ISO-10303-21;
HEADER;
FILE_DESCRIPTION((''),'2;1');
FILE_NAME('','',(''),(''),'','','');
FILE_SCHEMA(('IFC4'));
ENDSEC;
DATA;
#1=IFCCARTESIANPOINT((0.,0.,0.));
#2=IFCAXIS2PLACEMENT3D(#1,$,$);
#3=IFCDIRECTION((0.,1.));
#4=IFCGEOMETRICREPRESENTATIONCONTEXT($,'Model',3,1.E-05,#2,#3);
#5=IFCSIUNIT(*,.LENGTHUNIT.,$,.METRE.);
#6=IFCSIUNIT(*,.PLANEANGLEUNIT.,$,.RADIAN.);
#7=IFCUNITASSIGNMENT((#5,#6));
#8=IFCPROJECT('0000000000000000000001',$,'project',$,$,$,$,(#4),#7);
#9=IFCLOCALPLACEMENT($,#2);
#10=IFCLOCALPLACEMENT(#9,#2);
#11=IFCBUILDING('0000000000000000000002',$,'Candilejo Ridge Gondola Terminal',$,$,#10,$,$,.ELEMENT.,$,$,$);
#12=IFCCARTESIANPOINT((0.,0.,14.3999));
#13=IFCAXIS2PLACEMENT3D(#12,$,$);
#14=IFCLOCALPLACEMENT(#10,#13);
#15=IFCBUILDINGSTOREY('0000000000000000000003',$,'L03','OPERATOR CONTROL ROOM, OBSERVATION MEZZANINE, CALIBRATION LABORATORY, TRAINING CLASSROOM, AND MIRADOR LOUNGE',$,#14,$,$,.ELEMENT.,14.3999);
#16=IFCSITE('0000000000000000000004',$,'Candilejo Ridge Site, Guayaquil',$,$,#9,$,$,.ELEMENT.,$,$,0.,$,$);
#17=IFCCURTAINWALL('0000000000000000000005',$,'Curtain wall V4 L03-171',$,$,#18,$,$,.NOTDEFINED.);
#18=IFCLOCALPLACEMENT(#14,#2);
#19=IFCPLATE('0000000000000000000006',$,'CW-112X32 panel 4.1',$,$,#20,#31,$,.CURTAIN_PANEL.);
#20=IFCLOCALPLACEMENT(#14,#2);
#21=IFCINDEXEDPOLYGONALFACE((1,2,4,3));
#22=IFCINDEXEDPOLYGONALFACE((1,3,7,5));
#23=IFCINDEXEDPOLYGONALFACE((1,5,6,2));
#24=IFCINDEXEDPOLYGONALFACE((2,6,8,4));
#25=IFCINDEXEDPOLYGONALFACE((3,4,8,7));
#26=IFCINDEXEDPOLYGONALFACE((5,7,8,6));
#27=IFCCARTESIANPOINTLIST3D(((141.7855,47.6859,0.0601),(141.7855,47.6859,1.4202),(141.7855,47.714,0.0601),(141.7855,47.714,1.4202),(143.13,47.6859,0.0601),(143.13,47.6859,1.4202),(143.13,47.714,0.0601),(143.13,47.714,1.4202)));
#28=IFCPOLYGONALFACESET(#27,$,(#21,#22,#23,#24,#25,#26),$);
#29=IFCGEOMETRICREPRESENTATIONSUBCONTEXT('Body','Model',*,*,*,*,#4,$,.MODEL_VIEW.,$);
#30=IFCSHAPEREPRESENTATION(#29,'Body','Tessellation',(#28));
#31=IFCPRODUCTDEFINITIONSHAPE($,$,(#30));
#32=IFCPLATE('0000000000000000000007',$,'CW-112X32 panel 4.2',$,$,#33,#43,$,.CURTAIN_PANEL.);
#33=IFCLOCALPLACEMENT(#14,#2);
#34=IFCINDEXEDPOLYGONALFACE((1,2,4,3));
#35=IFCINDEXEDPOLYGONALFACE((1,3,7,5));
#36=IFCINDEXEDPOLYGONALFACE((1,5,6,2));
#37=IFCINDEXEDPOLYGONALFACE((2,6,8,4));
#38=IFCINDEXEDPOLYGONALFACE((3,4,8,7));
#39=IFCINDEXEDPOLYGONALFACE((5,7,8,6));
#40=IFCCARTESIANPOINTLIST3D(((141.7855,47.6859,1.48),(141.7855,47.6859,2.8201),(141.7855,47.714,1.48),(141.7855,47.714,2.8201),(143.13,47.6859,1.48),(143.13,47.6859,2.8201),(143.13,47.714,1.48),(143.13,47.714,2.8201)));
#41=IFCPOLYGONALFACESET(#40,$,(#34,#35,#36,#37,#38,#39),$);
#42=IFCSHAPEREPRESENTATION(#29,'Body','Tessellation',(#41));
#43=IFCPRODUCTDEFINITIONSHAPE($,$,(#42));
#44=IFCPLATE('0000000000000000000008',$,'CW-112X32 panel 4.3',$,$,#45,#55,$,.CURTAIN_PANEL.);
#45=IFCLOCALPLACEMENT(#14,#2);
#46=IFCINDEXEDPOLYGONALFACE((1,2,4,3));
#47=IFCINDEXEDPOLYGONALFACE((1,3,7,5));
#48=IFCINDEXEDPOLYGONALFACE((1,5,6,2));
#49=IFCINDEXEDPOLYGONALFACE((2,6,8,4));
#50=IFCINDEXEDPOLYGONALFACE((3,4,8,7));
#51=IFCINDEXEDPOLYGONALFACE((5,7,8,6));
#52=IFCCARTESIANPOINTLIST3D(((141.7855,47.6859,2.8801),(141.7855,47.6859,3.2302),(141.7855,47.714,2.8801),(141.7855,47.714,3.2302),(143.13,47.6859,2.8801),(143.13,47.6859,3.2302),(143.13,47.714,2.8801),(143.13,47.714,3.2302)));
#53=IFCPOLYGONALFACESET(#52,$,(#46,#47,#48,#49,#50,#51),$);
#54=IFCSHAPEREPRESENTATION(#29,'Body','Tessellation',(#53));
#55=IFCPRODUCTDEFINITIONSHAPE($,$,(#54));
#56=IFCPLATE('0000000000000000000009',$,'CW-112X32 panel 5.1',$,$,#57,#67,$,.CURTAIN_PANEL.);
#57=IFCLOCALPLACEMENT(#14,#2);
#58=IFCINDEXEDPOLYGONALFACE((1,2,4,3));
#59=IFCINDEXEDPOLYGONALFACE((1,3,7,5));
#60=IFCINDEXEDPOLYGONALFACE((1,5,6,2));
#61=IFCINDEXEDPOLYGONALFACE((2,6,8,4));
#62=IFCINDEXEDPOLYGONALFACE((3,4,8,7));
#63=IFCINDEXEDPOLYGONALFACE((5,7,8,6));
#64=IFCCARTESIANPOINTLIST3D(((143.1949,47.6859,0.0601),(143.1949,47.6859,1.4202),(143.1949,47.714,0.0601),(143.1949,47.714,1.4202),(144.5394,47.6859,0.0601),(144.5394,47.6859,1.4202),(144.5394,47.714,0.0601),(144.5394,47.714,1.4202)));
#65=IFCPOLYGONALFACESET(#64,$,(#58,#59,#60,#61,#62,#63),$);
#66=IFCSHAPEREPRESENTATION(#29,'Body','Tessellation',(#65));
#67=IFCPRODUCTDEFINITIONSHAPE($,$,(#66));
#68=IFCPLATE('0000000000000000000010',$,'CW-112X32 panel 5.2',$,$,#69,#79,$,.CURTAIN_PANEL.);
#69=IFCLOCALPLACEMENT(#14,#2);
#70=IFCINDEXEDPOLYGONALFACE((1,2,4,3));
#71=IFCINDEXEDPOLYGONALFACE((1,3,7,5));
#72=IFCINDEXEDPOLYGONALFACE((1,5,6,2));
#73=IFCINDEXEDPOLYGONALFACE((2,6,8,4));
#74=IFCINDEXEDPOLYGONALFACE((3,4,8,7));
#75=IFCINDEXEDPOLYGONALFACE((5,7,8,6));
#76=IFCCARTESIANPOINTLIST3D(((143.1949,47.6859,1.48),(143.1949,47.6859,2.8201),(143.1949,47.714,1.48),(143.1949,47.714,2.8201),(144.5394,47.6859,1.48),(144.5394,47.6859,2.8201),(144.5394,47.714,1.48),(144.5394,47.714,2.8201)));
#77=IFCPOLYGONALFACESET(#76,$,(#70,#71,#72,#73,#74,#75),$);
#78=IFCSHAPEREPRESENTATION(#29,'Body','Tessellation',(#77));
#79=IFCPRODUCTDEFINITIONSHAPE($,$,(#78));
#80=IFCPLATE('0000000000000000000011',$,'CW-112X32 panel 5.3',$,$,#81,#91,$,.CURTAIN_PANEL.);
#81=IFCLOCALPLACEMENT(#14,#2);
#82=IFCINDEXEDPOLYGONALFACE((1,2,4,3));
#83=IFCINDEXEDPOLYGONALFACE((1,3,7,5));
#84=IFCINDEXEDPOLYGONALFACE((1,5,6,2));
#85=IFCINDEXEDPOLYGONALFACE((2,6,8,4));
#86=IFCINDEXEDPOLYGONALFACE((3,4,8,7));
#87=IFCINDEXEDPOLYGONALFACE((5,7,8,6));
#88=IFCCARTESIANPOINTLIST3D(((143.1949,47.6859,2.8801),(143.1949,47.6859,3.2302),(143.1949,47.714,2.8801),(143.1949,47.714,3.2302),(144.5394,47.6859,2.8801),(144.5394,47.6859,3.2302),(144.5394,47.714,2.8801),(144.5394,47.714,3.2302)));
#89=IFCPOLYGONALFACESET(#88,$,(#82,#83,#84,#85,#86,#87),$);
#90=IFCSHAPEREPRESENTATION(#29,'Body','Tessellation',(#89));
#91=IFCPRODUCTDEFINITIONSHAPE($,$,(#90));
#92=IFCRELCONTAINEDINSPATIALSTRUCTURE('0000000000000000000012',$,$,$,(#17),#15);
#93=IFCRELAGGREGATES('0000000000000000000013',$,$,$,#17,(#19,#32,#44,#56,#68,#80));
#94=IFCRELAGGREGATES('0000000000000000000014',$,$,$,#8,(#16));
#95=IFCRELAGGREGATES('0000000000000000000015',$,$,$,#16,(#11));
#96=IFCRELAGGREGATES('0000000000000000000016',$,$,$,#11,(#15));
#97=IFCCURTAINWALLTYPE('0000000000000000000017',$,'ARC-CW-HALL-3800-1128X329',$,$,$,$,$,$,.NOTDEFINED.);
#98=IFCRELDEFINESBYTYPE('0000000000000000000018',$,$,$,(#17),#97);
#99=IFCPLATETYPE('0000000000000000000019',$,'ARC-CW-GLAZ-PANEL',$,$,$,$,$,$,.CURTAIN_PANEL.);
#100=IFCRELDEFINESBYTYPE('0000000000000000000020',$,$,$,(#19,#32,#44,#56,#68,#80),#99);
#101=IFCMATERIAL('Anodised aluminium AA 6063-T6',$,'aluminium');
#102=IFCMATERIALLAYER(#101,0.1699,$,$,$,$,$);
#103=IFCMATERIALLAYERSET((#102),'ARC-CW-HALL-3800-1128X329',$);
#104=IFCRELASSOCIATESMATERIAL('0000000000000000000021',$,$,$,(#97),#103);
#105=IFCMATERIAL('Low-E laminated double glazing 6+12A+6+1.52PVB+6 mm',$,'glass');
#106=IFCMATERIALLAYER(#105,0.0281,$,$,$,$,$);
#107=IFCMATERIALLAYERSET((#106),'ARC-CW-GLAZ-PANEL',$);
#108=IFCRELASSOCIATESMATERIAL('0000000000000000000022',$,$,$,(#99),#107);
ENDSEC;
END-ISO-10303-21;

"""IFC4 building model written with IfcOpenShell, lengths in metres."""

from ifc_helpers import new_model, si_unit, direction, frame, origin, origin_2d, place, context, subcontext, project, spatial, rectangle, extrude, material, layer, layer_set, type_object, element, aggregate, save


model = new_model("IFC4")

# Units and contexts
model_context = context("Model", 3, precision=1e-05, world=origin(), true_north=direction((0.0, 1.0)))
body_context = subcontext(model_context, "Body", "Model", "MODEL_VIEW")
ifc_project = project(units=[si_unit("LENGTHUNIT", "METRE"), si_unit("PLANEANGLEUNIT", "RADIAN")], contexts=[model_context])

# Site, building, storey
site_placement = place(None, origin())
site = spatial("IfcSite", under=ifc_project, at=site_placement, Name="Candilejo Ridge Site, Guayaquil", CompositionType="ELEMENT", RefElevation=0.0)
building_placement = place(site_placement, origin())
building = spatial("IfcBuilding", under=site, at=building_placement, Name="Candilejo Ridge Gondola Terminal", CompositionType="ELEMENT")
storey_placement = place(building_placement, frame((0.0, 0.0, 14.3999)))
storey = spatial("IfcBuildingStorey", under=building, at=storey_placement, Name="L03", Description="OPERATOR CONTROL ROOM, OBSERVATION MEZZANINE, CALIBRATION LABORATORY, TRAINING CLASSROOM, AND MIRADOR LOUNGE", CompositionType="ELEMENT", Elevation=14.3999)

# Curtain wall, plates
ifc_material_1 = material(Name="Anodised aluminium AA 6063-T6", Category="aluminium")
ifc_layer_1 = layer(ifc_material_1, 0.1699)
ifc_layer_set_1 = layer_set([ifc_layer_1], Name="ARC-CW-HALL-3800-1128X329")
curtain_wall_type = type_object("IfcCurtainWallType", Name="ARC-CW-HALL-3800-1128X329", PredefinedType="NOTDEFINED", material=ifc_layer_set_1)
curtain_wall_placement = place(storey_placement, origin())
curtain_wall = element("IfcCurtainWall", 1, at=curtain_wall_placement, inside=storey, type_object=curtain_wall_type, Name="Curtain wall V4 L03-171", PredefinedType="NOTDEFINED")
ifc_material_2 = material(Name="Low-E laminated double glazing 6+12A+6+1.52PVB+6 mm", Category="glass")
ifc_layer_2 = layer(ifc_material_2, 0.0281)
ifc_layer_set_2 = layer_set([ifc_layer_2], Name="ARC-CW-GLAZ-PANEL")
plate_type = type_object("IfcPlateType", Name="ARC-CW-GLAZ-PANEL", PredefinedType="CURTAIN_PANEL", material=ifc_layer_set_2)
plate_1_placement = place(storey_placement, frame((142.4578, 47.7, 0.0601), z_axis=(0.0, 0.0, 1.0), x_axis=(1.0, 0.0, 0.0)))
plate_1 = element("IfcPlate", 2, at=plate_1_placement, type_object=plate_type, Name="CW-112X32 panel 4.1", PredefinedType="CURTAIN_PANEL", context=body_context, shape_type="SweptSolid", body=[
    extrude(rectangle(XDim=1.3445, YDim=0.0281, at=origin_2d()), origin(), (0.0, 0.0, 1.0), 1.3601),
])
plate_2_placement = place(storey_placement, frame((142.4578, 47.7, 1.48), z_axis=(0.0, 0.0, 1.0), x_axis=(1.0, 0.0, 0.0)))
plate_2 = element("IfcPlate", 3, at=plate_2_placement, type_object=plate_type, Name="CW-112X32 panel 4.2", PredefinedType="CURTAIN_PANEL", context=body_context, shape_type="SweptSolid", body=[
    extrude(rectangle(XDim=1.3445, YDim=0.0281, at=origin_2d()), origin(), (0.0, 0.0, 1.0), 1.3401),
])
plate_3_placement = place(storey_placement, frame((142.4578, 47.7, 2.8801), z_axis=(0.0, 0.0, 1.0), x_axis=(1.0, 0.0, 0.0)))
plate_3 = element("IfcPlate", 4, at=plate_3_placement, type_object=plate_type, Name="CW-112X32 panel 4.3", PredefinedType="CURTAIN_PANEL", context=body_context, shape_type="SweptSolid", body=[
    extrude(rectangle(XDim=1.3445, YDim=0.0281, at=origin_2d()), origin(), (0.0, 0.0, 1.0), 0.3501),
])
plate_4_placement = place(storey_placement, frame((143.8672, 47.7, 0.0601), z_axis=(0.0, 0.0, 1.0), x_axis=(1.0, 0.0, 0.0)))
plate_4 = element("IfcPlate", 5, at=plate_4_placement, type_object=plate_type, Name="CW-112X32 panel 5.1", PredefinedType="CURTAIN_PANEL", context=body_context, shape_type="SweptSolid", body=[
    extrude(rectangle(XDim=1.3445, YDim=0.0281, at=origin_2d()), origin(), (0.0, 0.0, 1.0), 1.3601),
])
plate_5_placement = place(storey_placement, frame((143.8672, 47.7, 1.48), z_axis=(0.0, 0.0, 1.0), x_axis=(1.0, 0.0, 0.0)))
plate_5 = element("IfcPlate", 6, at=plate_5_placement, type_object=plate_type, Name="CW-112X32 panel 5.2", PredefinedType="CURTAIN_PANEL", context=body_context, shape_type="SweptSolid", body=[
    extrude(rectangle(XDim=1.3445, YDim=0.0281, at=origin_2d()), origin(), (0.0, 0.0, 1.0), 1.3401),
])
plate_6_placement = place(storey_placement, frame((143.8672, 47.7, 2.8801), z_axis=(0.0, 0.0, 1.0), x_axis=(1.0, 0.0, 0.0)))
plate_6 = element("IfcPlate", 7, at=plate_6_placement, type_object=plate_type, Name="CW-112X32 panel 5.3", PredefinedType="CURTAIN_PANEL", context=body_context, shape_type="SweptSolid", body=[
    extrude(rectangle(XDim=1.3445, YDim=0.0281, at=origin_2d()), origin(), (0.0, 0.0, 1.0), 0.3501),
])
aggregate(curtain_wall, [plate_1, plate_2, plate_3, plate_4, plate_5, plate_6])

save(model, "model.ifc")
